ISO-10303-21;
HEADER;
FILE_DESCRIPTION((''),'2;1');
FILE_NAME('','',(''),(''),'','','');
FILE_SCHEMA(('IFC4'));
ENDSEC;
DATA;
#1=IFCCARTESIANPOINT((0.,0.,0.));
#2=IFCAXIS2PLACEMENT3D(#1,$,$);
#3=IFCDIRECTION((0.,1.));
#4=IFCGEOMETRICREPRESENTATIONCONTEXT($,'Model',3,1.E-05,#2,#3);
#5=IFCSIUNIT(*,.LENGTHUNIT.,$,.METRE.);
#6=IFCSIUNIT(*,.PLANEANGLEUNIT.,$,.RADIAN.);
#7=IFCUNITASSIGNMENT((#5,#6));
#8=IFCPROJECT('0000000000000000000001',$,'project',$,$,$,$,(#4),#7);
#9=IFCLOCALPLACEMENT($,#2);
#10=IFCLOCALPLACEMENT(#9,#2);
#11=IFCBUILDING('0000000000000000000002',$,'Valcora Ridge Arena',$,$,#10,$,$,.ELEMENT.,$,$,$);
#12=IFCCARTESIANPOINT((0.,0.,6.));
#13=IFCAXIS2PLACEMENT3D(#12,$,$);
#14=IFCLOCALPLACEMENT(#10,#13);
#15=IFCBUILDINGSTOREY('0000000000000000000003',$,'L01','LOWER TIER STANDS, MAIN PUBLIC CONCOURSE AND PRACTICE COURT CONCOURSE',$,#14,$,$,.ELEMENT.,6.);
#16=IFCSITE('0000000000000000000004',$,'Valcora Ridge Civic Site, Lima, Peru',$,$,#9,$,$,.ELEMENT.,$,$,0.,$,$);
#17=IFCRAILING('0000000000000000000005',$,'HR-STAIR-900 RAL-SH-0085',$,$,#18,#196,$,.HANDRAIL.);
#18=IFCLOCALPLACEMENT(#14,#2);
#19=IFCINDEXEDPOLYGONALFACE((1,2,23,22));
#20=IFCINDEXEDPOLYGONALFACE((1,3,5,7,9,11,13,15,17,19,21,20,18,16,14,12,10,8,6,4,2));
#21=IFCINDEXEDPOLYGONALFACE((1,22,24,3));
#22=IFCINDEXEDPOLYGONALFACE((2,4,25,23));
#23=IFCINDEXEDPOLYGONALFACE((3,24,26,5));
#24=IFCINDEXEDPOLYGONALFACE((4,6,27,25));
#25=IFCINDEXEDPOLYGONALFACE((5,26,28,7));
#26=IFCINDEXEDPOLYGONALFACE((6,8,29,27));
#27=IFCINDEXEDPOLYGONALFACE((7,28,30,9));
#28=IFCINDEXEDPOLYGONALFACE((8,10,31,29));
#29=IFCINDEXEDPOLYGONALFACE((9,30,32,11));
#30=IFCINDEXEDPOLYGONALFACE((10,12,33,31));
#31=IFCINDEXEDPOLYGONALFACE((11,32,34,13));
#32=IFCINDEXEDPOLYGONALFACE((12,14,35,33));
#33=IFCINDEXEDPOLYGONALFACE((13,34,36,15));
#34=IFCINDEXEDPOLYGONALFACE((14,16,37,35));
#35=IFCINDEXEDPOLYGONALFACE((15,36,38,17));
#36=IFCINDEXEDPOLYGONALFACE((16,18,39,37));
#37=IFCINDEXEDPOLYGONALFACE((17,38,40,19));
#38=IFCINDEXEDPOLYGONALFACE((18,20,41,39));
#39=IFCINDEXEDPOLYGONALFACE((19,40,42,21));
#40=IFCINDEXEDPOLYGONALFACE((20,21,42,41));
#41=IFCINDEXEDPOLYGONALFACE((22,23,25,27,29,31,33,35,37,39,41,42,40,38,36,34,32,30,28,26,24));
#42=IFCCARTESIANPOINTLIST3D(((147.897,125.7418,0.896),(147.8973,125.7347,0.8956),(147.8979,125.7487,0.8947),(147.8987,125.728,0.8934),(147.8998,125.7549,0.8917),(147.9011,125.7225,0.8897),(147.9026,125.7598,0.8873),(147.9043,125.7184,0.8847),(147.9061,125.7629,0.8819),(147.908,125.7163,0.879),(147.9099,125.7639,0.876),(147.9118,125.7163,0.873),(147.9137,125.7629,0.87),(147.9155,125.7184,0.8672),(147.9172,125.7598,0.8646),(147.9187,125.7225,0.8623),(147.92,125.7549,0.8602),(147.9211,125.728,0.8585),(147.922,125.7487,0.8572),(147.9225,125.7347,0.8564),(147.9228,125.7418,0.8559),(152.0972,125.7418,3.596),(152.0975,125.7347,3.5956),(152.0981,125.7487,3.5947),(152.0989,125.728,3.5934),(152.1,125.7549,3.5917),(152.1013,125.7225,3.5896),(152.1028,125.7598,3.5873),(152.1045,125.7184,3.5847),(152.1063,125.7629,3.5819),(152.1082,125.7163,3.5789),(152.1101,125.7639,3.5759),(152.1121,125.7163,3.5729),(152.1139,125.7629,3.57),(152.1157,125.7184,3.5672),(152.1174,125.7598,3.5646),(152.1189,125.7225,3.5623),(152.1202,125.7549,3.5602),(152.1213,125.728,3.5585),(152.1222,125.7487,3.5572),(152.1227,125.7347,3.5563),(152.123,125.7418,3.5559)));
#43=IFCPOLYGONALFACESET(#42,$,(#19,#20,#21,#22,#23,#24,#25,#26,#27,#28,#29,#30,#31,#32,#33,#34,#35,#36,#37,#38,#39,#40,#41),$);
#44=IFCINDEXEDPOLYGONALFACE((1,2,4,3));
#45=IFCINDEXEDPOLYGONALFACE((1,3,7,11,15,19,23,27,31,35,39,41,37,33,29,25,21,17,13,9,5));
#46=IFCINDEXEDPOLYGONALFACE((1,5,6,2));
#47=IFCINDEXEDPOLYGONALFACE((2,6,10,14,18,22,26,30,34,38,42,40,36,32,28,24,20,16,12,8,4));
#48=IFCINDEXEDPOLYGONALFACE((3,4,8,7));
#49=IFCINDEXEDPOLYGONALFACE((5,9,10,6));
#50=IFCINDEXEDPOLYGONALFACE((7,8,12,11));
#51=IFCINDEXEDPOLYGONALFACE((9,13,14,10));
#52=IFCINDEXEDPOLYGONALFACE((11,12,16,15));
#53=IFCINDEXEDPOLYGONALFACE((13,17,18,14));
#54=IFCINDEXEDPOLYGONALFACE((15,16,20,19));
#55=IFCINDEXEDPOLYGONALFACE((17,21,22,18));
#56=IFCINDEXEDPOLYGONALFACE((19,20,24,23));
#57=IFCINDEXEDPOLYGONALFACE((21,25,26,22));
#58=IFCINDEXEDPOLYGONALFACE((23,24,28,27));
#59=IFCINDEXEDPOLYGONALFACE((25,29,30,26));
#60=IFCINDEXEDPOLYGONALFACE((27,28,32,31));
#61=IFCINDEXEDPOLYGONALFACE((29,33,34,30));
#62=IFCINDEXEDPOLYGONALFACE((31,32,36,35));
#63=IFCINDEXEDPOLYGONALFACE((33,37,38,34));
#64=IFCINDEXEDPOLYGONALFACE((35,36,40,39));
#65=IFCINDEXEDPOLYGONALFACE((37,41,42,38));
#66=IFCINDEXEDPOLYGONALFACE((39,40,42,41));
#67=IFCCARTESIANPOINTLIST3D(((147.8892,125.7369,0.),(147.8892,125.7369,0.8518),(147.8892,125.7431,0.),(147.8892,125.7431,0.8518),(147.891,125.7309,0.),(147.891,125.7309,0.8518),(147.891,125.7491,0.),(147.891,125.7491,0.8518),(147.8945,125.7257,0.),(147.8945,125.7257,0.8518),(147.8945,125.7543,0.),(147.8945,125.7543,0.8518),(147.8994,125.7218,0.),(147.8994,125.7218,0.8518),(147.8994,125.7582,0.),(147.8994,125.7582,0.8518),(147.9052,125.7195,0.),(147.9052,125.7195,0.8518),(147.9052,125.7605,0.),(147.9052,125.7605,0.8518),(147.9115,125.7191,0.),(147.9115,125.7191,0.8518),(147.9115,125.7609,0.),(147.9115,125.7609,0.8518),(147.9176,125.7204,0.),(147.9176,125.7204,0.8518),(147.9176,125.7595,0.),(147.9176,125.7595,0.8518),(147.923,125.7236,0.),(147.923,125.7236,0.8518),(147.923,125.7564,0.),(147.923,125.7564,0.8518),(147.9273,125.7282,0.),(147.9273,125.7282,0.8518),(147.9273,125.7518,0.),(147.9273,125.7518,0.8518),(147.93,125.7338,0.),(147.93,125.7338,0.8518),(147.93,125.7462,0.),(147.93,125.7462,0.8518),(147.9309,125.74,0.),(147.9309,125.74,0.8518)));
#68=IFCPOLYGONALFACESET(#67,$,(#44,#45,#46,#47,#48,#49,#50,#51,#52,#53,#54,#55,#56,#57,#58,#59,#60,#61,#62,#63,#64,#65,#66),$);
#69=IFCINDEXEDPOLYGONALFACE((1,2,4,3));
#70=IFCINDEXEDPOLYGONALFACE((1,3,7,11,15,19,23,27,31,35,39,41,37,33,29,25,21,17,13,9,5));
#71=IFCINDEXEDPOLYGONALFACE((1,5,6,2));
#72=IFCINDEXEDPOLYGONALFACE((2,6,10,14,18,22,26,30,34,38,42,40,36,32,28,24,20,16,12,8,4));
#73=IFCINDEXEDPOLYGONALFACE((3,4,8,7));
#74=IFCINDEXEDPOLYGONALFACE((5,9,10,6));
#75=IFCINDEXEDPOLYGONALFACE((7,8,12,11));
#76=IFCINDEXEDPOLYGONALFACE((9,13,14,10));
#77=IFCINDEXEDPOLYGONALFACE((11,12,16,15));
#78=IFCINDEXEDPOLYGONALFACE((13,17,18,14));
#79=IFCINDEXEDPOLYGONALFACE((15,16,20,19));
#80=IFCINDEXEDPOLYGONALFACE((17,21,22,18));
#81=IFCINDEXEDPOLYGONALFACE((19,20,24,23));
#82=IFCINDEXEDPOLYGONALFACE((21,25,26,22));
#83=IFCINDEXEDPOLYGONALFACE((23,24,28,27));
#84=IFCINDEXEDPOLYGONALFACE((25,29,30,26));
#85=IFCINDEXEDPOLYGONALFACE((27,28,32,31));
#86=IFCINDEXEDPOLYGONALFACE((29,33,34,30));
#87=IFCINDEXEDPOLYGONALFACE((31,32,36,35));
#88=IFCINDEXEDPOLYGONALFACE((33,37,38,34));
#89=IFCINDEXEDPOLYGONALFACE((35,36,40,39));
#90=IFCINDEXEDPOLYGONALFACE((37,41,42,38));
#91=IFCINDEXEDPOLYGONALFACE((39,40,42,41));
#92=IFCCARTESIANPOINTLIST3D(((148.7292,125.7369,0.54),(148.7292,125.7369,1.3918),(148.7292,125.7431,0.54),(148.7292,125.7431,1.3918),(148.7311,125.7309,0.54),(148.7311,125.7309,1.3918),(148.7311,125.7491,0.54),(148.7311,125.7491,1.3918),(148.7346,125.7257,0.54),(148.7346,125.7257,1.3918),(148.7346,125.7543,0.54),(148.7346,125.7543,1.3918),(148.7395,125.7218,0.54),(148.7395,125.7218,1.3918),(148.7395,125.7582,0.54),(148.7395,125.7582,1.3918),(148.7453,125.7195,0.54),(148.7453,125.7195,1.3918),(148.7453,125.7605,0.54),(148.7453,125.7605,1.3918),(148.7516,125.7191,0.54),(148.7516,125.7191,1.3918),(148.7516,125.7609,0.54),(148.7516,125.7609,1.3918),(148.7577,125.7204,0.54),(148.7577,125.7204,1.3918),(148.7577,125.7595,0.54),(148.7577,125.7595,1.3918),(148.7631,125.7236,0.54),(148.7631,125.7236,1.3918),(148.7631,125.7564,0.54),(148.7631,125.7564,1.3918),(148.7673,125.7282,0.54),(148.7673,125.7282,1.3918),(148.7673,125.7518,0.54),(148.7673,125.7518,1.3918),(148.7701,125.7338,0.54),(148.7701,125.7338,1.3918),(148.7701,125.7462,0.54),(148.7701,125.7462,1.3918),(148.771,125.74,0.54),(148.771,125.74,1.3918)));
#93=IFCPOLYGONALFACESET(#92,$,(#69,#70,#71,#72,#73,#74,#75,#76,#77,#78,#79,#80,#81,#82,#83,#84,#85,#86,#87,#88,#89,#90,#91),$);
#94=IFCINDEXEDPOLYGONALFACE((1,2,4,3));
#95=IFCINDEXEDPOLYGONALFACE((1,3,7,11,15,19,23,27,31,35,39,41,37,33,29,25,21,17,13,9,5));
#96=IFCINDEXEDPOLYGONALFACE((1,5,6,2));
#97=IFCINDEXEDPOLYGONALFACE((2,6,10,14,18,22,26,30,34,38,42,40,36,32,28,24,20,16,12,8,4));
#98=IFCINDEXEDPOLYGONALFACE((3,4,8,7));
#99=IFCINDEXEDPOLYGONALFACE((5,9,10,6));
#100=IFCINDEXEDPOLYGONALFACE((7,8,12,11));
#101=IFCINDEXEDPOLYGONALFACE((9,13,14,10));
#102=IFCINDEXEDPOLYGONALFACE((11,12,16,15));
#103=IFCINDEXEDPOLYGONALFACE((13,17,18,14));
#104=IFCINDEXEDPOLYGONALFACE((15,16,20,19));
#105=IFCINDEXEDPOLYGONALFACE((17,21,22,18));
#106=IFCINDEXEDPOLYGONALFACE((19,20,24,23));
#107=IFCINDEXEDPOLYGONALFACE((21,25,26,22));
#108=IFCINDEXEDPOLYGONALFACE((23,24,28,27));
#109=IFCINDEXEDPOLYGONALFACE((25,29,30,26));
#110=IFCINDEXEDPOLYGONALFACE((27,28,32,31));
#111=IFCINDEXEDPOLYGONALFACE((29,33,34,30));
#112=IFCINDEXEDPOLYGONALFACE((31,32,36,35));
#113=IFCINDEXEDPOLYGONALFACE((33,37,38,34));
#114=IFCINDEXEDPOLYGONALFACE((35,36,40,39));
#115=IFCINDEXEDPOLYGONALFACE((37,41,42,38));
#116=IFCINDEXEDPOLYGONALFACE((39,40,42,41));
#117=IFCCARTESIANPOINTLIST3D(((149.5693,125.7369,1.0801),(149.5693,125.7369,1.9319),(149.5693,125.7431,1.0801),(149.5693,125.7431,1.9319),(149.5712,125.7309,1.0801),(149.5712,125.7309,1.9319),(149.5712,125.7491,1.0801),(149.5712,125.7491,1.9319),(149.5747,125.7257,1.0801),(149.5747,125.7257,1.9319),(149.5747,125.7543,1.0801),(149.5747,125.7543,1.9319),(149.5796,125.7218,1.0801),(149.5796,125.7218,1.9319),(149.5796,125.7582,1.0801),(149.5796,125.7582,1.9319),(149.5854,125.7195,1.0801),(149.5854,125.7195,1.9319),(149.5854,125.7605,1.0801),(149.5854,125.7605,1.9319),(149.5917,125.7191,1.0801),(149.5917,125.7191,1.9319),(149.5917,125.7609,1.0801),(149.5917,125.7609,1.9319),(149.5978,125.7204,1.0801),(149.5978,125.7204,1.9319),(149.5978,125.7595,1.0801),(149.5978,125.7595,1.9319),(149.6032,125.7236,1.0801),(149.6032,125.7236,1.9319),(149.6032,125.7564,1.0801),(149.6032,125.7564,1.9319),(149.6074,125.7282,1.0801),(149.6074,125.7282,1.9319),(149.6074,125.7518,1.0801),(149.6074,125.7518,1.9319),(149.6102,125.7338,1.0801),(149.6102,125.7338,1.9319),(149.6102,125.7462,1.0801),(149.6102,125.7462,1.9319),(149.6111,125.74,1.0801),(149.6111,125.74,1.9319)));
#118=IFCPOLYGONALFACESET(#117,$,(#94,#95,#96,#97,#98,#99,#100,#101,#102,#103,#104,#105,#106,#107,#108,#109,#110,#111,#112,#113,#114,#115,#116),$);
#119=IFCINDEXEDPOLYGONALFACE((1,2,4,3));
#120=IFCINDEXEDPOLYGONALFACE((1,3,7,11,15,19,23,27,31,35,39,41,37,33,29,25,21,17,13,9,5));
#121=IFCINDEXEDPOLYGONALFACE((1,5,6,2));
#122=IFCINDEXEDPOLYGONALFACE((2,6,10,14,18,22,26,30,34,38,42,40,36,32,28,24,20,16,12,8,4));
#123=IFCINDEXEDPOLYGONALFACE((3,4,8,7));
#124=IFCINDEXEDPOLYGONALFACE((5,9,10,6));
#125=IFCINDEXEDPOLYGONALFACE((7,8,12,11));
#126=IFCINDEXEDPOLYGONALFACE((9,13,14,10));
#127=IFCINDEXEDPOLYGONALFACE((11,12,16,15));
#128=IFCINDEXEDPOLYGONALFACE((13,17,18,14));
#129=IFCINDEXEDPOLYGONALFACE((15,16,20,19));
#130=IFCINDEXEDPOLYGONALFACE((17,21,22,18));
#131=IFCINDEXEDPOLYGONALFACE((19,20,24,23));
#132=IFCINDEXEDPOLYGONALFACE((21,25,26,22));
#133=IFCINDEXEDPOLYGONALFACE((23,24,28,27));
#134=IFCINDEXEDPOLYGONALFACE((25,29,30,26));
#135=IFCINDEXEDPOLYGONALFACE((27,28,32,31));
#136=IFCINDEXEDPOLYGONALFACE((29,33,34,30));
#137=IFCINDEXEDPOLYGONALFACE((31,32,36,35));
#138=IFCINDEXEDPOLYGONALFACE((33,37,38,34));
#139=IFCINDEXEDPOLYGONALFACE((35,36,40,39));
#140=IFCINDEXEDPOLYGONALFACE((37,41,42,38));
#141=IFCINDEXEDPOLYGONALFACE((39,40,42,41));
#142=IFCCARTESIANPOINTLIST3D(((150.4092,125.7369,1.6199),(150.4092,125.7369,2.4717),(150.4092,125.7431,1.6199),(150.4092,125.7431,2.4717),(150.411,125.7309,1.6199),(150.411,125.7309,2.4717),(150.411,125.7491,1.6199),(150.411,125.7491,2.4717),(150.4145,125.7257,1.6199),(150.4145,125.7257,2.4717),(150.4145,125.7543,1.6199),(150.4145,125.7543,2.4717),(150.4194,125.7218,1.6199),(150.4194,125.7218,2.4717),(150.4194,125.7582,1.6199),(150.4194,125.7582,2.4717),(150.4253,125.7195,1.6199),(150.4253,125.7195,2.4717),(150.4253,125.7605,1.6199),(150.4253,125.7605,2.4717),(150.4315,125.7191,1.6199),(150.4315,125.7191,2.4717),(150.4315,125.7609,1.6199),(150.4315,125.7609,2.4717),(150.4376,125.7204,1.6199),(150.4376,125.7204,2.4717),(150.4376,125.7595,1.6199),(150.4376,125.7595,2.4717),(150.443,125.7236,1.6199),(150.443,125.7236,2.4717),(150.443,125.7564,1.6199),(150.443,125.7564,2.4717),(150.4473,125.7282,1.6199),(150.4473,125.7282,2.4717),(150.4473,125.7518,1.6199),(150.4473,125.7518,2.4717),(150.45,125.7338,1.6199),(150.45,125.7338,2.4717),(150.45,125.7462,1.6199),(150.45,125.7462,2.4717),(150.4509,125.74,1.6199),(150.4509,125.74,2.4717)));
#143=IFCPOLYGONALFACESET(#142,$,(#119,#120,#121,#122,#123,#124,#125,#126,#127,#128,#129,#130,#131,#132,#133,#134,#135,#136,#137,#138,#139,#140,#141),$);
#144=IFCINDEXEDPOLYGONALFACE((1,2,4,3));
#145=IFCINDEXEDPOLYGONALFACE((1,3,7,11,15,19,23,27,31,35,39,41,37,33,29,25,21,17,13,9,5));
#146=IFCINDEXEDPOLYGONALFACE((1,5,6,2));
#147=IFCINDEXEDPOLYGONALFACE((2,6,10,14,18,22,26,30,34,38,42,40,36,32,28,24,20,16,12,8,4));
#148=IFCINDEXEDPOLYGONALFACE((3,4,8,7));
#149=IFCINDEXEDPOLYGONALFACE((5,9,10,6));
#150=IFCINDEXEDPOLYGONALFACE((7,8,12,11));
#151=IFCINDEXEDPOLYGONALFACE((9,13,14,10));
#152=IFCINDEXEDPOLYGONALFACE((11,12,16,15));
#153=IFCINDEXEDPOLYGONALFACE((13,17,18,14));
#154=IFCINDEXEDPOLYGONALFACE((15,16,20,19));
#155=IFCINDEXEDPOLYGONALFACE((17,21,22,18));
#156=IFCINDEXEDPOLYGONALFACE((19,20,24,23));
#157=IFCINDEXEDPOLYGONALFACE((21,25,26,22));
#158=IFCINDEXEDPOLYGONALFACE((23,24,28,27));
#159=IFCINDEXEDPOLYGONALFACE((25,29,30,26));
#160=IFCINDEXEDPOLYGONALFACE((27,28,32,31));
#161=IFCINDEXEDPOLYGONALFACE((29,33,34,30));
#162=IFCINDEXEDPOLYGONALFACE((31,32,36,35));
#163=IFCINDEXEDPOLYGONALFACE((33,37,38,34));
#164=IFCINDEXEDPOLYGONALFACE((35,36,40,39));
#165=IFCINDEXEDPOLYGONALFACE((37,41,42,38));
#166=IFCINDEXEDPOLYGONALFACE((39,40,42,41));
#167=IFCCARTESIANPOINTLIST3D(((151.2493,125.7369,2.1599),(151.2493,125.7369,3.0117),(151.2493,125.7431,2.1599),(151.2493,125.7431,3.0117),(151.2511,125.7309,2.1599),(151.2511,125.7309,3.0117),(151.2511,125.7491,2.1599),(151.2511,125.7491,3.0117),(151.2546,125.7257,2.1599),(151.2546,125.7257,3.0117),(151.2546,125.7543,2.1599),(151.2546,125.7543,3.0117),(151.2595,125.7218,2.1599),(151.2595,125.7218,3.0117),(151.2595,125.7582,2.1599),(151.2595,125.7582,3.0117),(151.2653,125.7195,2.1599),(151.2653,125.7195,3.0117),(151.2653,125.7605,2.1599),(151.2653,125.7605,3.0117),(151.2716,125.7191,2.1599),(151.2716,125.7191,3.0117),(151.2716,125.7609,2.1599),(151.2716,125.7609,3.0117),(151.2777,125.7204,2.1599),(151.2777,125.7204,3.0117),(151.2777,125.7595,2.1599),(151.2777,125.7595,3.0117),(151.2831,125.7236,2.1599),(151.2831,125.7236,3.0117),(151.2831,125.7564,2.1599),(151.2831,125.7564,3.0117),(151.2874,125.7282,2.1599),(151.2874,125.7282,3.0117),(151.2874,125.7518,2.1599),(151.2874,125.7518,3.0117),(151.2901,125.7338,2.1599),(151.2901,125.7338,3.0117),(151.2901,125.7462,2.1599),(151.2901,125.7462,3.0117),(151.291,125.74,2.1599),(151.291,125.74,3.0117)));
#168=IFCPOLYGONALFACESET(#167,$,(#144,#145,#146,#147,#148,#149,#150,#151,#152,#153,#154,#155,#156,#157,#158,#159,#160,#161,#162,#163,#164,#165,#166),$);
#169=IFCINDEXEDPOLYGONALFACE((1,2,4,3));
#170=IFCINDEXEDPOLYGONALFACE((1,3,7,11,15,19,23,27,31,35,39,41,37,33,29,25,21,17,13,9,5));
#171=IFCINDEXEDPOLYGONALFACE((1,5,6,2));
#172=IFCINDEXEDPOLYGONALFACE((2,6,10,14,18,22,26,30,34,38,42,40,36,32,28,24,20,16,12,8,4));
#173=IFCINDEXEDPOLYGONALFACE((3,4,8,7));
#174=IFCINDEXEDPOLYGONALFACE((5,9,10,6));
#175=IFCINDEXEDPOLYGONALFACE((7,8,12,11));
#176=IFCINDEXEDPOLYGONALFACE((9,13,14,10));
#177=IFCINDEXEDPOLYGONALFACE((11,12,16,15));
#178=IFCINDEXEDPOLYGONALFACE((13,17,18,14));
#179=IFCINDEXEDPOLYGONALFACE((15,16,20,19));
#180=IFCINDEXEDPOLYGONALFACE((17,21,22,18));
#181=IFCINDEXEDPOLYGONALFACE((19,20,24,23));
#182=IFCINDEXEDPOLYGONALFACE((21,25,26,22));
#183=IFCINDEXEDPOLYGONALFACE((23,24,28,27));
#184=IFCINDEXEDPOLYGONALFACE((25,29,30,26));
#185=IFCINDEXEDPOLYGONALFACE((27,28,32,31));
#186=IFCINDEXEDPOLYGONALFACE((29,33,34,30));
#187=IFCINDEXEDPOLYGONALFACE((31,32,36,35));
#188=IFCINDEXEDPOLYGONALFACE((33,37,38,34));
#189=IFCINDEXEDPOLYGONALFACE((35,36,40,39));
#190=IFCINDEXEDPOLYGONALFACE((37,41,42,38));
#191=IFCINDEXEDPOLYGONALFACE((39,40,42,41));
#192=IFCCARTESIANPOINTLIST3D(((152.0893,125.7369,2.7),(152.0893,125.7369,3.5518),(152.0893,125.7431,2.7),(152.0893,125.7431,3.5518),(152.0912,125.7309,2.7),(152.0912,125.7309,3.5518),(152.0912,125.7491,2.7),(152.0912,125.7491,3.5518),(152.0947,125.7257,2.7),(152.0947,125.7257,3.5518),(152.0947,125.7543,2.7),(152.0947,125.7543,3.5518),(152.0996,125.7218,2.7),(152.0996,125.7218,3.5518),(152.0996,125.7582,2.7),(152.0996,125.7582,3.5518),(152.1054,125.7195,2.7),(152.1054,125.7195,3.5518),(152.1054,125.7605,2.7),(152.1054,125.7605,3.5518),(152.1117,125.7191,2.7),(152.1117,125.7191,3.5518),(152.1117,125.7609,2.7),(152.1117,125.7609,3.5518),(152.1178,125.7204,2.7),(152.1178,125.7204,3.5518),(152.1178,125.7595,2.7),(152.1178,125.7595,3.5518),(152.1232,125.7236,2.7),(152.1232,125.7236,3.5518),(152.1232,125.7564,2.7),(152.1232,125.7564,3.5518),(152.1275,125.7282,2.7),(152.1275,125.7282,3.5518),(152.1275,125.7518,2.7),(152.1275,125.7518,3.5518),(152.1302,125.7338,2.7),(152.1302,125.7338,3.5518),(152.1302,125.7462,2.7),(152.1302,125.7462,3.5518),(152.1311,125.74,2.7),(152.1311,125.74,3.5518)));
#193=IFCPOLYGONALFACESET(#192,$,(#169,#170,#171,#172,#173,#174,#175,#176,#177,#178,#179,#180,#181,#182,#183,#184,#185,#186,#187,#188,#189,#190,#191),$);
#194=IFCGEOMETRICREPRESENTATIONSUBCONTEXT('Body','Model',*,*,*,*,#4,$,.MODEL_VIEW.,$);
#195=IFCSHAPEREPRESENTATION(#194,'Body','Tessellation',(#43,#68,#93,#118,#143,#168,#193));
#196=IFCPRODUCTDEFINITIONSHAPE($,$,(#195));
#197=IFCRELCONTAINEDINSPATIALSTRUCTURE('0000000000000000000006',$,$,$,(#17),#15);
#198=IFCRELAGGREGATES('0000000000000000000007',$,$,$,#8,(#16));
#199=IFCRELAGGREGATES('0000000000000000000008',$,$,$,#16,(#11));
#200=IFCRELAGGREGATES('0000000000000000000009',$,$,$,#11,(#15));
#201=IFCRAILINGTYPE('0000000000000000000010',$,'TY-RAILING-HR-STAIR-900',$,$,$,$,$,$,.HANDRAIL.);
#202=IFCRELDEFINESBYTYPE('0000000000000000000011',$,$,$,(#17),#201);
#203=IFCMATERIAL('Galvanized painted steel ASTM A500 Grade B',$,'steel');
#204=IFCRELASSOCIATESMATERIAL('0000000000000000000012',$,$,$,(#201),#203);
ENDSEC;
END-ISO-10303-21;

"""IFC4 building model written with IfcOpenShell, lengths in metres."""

from ifc_helpers import new_model, si_unit, direction, frame, origin, origin_2d, place, context, subcontext, project, spatial, circle, extrude, material, type_object, element, save


model = new_model("IFC4")

# Units and contexts
model_context = context("Model", 3, precision=1e-05, world=origin(), true_north=direction((0.0, 1.0)))
body_context = subcontext(model_context, "Body", "Model", "MODEL_VIEW")
ifc_project = project(units=[si_unit("LENGTHUNIT", "METRE"), si_unit("PLANEANGLEUNIT", "RADIAN")], contexts=[model_context])

# Site, building, storey
site_placement = place(None, origin())
site = spatial("IfcSite", under=ifc_project, at=site_placement, Name="Valcora Ridge Civic Site, Lima, Peru", CompositionType="ELEMENT", RefElevation=0.0)
building_placement = place(site_placement, origin())
building = spatial("IfcBuilding", under=site, at=building_placement, Name="Valcora Ridge Arena", CompositionType="ELEMENT")
storey_placement = place(building_placement, frame((0.0, 0.0, 6.0)))
storey = spatial("IfcBuildingStorey", under=building, at=storey_placement, Name="L01", Description="LOWER TIER STANDS, MAIN PUBLIC CONCOURSE AND PRACTICE COURT CONCOURSE", CompositionType="ELEMENT", Elevation=6.0)

# Railing
ifc_material_1 = material(Name="Galvanized painted steel ASTM A500 Grade B", Category="steel")
railing_type_1 = type_object("IfcRailingType", Name="TY-RAILING-HR-STAIR-900", PredefinedType="HANDRAIL", material=ifc_material_1)
railing_1_placement = place(storey_placement, frame((147.9099, 125.74, 0.0)))
element("IfcRailing", 1, at=railing_1_placement, inside=storey, type_object=railing_type_1, Name="HR-STAIR-900 RAL-SH-0085", PredefinedType="HANDRAIL", context=body_context, shape_type="SweptSolid", body=[
    extrude(circle(Radius=0.0239, at=origin_2d()), frame((0.0, 0.0, 0.876), z_axis=(0.841194, 0.0, 0.540733), x_axis=(0.0, 1.0, 0.0)), (0.0, 0.0, 1.0), 4.9932),
    extrude(circle(Radius=0.021, at=origin_2d()), origin(), (0.0, 0.0, 1.0), 0.8518),
    extrude(circle(Radius=0.021, at=origin_2d()), frame((0.8401, 0.0, 0.54)), (0.0, 0.0, 1.0), 0.8518),
    extrude(circle(Radius=0.021, at=origin_2d()), frame((1.6802, 0.0, 1.0801)), (0.0, 0.0, 1.0), 0.8518),
    extrude(circle(Radius=0.021, at=origin_2d()), frame((2.52, 0.0, 1.6199)), (0.0, 0.0, 1.0), 0.8518),
    extrude(circle(Radius=0.021, at=origin_2d()), frame((3.3601, 0.0, 2.1599)), (0.0, 0.0, 1.0), 0.8518),
    extrude(circle(Radius=0.021, at=origin_2d()), frame((4.2002, 0.0, 2.7)), (0.0, 0.0, 1.0), 0.8518),
])

save(model, "model.ifc")
